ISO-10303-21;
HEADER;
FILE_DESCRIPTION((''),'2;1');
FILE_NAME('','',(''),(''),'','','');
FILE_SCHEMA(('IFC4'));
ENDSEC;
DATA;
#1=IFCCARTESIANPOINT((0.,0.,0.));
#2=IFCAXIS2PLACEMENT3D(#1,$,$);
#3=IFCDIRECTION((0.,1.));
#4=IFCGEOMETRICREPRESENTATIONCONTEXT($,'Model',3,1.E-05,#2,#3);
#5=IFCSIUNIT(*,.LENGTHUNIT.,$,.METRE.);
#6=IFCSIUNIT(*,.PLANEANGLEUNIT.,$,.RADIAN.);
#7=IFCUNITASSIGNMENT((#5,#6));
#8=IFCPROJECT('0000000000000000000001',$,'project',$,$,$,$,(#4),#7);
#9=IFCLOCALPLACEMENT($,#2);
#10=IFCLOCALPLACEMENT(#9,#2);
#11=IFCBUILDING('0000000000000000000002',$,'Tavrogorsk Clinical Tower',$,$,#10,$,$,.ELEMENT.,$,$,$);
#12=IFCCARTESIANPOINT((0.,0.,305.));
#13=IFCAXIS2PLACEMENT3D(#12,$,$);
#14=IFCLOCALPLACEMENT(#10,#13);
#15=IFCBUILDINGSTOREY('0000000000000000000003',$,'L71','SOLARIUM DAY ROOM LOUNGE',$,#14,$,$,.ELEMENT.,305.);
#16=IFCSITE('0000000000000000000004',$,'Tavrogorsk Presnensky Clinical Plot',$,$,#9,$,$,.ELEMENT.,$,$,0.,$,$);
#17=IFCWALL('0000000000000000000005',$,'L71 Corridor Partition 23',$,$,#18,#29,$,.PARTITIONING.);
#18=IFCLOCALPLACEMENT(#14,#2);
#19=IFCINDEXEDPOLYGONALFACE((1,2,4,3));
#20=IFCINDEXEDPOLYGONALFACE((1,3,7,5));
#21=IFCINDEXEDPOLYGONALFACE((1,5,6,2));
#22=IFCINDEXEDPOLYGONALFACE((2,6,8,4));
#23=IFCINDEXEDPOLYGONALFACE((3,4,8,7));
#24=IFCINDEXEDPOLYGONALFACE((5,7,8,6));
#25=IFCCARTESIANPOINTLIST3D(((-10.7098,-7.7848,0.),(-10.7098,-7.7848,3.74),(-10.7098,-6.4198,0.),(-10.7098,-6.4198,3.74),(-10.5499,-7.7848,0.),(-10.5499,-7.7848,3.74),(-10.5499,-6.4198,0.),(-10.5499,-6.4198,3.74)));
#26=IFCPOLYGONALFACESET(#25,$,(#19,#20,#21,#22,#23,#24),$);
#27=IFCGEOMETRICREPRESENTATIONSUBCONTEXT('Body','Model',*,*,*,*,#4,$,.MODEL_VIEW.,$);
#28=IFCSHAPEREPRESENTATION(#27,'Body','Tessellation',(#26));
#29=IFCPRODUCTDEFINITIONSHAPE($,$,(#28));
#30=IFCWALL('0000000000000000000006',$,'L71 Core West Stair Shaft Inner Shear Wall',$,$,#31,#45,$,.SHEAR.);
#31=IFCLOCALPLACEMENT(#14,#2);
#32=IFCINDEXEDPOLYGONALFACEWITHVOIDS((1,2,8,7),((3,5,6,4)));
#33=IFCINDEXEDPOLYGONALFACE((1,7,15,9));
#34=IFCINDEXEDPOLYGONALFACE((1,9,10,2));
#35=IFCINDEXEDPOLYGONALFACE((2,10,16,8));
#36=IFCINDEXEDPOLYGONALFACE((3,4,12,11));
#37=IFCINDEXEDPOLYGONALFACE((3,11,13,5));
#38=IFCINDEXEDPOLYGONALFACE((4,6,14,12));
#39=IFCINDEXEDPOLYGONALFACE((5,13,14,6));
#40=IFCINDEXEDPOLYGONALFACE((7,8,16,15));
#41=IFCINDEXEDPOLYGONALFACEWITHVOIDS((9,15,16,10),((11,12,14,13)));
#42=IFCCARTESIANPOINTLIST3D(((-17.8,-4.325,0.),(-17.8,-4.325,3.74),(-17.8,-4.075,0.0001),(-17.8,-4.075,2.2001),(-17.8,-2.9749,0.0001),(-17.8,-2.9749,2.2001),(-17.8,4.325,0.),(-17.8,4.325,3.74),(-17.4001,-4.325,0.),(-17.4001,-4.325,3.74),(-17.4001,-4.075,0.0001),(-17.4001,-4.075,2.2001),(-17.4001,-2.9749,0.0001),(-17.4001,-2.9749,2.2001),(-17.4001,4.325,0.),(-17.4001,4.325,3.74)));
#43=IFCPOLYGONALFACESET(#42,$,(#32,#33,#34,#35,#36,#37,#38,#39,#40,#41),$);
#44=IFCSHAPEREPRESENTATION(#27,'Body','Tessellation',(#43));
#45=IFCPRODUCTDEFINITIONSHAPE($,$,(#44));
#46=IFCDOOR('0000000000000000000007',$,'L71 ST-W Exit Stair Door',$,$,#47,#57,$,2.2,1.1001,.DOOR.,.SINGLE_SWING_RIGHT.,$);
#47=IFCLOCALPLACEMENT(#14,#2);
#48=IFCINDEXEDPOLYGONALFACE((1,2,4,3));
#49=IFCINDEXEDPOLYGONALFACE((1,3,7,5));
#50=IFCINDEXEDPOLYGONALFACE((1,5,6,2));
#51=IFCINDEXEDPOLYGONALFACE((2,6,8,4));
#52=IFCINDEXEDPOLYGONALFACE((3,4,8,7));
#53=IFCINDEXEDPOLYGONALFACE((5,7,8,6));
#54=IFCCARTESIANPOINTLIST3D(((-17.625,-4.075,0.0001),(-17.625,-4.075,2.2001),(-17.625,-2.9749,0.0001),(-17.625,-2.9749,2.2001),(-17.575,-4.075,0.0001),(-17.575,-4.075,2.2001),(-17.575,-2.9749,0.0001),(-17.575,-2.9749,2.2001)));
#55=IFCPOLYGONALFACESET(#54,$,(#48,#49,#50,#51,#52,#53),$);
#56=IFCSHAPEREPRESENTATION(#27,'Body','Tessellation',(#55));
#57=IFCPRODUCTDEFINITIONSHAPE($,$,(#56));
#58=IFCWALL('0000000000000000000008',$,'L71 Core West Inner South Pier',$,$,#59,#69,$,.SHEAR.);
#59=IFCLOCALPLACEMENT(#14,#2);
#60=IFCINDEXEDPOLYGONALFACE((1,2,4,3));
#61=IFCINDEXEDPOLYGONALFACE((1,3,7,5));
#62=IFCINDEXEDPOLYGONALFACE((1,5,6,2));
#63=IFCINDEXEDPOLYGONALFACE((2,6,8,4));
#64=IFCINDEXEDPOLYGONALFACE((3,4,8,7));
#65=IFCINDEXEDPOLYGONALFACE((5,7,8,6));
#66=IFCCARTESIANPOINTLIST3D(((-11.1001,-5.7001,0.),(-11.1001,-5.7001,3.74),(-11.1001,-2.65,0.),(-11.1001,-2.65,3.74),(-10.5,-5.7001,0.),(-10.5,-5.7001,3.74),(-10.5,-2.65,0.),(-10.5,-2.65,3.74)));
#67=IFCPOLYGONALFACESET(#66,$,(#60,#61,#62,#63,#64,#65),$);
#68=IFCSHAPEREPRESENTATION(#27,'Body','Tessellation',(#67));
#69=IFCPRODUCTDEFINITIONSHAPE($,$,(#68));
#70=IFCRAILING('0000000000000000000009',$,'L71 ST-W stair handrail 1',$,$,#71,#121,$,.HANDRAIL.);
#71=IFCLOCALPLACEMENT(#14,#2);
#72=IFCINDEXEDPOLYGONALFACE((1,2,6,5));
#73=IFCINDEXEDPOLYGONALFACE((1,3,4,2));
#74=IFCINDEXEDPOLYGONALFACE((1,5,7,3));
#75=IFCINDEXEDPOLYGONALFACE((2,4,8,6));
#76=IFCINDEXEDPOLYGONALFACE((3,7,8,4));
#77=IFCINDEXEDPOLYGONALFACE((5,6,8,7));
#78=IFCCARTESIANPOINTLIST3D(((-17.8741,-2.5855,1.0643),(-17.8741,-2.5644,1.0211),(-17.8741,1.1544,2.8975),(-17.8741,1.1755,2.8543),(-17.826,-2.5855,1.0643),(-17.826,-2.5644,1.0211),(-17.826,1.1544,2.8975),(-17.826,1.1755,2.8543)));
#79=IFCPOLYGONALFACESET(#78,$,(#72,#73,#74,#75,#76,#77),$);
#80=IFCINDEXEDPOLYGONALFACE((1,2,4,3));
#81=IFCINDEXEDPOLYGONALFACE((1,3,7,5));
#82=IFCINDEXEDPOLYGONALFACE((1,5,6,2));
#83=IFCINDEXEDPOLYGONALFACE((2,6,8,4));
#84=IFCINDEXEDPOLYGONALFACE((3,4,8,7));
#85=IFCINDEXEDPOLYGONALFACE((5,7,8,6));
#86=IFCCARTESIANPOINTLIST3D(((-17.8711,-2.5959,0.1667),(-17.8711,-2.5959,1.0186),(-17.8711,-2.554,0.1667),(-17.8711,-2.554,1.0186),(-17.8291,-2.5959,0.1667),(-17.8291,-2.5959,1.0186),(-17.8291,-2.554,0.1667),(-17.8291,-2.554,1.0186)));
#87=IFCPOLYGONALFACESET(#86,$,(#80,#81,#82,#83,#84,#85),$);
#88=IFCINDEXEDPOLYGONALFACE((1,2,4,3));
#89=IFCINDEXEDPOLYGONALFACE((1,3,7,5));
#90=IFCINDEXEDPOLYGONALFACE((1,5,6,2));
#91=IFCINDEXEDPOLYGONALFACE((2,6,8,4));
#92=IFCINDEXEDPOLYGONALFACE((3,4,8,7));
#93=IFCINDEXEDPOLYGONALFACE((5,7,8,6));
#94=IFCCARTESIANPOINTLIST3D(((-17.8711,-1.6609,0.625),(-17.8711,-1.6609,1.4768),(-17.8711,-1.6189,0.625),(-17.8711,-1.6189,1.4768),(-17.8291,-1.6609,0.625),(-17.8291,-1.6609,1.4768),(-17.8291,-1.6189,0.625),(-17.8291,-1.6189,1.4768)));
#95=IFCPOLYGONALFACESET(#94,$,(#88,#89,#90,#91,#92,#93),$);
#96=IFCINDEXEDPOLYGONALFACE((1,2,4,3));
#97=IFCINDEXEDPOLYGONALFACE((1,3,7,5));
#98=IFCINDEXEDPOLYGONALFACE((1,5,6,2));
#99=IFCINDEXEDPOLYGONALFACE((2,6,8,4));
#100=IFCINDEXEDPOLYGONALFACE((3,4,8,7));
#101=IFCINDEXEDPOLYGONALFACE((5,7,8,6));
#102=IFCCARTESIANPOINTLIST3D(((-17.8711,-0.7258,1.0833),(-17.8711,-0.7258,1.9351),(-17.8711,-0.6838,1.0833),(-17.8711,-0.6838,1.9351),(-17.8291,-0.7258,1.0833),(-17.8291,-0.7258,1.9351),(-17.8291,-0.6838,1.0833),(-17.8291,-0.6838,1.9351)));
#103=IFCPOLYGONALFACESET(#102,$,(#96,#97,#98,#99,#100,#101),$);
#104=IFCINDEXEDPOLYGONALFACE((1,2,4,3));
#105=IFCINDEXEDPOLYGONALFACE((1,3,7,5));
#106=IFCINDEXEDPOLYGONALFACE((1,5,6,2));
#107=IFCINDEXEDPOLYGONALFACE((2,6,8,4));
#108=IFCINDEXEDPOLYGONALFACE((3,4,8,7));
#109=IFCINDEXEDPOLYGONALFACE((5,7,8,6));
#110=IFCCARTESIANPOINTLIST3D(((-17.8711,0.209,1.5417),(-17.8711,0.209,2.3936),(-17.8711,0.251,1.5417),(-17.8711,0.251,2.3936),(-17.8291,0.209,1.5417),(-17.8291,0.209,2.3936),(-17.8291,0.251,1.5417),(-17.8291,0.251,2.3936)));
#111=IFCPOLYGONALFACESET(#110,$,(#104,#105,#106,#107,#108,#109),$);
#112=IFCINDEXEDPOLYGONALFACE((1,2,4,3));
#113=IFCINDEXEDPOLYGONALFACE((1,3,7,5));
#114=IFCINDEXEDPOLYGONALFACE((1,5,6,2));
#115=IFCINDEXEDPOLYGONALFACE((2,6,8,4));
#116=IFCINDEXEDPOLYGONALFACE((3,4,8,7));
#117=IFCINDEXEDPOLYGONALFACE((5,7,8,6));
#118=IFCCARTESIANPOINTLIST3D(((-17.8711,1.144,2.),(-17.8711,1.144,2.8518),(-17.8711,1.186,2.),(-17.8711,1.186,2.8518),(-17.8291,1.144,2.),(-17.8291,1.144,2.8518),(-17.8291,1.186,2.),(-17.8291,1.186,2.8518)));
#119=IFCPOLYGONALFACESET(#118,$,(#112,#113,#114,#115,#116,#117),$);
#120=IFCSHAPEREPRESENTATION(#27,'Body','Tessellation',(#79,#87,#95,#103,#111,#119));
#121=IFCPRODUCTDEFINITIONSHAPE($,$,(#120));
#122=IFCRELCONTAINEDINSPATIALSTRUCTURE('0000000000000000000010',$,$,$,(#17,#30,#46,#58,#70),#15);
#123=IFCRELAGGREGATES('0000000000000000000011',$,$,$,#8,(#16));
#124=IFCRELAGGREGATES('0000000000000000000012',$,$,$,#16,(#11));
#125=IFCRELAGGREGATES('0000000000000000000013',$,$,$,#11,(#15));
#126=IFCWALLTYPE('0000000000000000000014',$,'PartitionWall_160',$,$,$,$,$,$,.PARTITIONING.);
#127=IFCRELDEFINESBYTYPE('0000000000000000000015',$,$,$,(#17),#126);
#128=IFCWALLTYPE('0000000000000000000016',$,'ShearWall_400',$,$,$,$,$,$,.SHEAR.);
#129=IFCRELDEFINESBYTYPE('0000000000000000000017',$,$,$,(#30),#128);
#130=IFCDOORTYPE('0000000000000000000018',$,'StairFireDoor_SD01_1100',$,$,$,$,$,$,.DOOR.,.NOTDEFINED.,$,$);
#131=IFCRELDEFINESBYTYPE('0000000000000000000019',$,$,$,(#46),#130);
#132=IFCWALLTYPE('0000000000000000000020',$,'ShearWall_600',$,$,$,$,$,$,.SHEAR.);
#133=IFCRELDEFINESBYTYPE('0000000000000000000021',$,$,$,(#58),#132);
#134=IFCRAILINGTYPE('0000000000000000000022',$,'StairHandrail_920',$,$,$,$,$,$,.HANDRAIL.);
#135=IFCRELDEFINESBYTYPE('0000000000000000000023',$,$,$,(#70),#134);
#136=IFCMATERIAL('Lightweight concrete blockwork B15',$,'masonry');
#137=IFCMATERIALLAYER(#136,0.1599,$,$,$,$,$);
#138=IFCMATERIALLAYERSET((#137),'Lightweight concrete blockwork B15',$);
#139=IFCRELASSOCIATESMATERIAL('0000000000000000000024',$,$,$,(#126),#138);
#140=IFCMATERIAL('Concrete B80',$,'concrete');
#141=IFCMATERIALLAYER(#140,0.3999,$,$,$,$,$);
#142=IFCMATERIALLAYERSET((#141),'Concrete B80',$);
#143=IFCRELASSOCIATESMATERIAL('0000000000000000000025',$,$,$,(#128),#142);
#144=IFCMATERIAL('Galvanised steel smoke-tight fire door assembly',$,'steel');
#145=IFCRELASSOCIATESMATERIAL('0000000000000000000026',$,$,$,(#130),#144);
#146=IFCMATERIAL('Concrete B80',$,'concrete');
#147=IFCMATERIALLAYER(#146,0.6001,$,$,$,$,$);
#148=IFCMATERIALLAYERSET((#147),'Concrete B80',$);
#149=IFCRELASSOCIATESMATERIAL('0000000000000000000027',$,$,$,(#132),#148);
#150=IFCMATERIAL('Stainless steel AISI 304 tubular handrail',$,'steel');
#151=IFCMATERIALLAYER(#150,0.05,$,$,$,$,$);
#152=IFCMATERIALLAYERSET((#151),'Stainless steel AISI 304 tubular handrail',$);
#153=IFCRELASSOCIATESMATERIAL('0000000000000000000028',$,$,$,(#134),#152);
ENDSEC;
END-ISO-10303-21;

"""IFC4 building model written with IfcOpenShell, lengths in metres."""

from ifc_helpers import new_model, si_unit, direction, frame, frame_2d, origin, origin_2d, place, context, subcontext, project, spatial, rectangle, extrude, material, layer, layer_set, type_object, element, fill, save


model = new_model("IFC4")

# Units and contexts
model_context = context("Model", 3, precision=1e-05, world=origin(), true_north=direction((0.0, 1.0)))
body_context = subcontext(model_context, "Body", "Model", "MODEL_VIEW")
ifc_project = project(units=[si_unit("LENGTHUNIT", "METRE"), si_unit("PLANEANGLEUNIT", "RADIAN")], contexts=[model_context])

# Site, building, storey
site_placement = place(None, origin())
site = spatial("IfcSite", under=ifc_project, at=site_placement, Name="Tavrogorsk Presnensky Clinical Plot", CompositionType="ELEMENT", RefElevation=0.0)
building_placement = place(site_placement, origin())
building = spatial("IfcBuilding", under=site, at=building_placement, Name="Tavrogorsk Clinical Tower", CompositionType="ELEMENT")
storey_placement = place(building_placement, frame((0.0, 0.0, 305.0)))
storey = spatial("IfcBuildingStorey", under=building, at=storey_placement, Name="L71", Description="SOLARIUM DAY ROOM LOUNGE", CompositionType="ELEMENT", Elevation=305.0)

# Shared definitions
ifc_material_1 = material(Name="Lightweight concrete blockwork B15", Category="masonry")
ifc_layer_1 = layer(ifc_material_1, 0.1599)
ifc_layer_set_1 = layer_set([ifc_layer_1], Name="Lightweight concrete blockwork B15")
wall_type_1 = type_object("IfcWallType", Name="PartitionWall_160", PredefinedType="PARTITIONING", material=ifc_layer_set_1)

# Wall
wall_1_placement = place(storey_placement, frame((-10.6299, -7.7849, 0.0), z_axis=(0.0, 0.0, 1.0), x_axis=(0.0, 1.0, 0.0)))
element("IfcWall", 1, at=wall_1_placement, inside=storey, type_object=wall_type_1, Name="L71 Corridor Partition 23", PredefinedType="PARTITIONING", context=body_context, shape_type="SweptSolid", body=[
    extrude(rectangle(XDim=1.365, YDim=0.1599, at=frame_2d((0.6826, 0.0))), origin(), (0.0, 0.0, 1.0), 3.74),
])

# Wall, opening, door
ifc_material_2 = material(Name="Concrete B80", Category="concrete")
ifc_layer_2 = layer(ifc_material_2, 0.3999)
ifc_layer_set_2 = layer_set([ifc_layer_2], Name="Concrete B80")
wall_type_2 = type_object("IfcWallType", Name="ShearWall_400", PredefinedType="SHEAR", material=ifc_layer_set_2)
wall_2_placement = place(storey_placement, frame((-17.6001, -4.325, 0.0), z_axis=(0.0, 0.0, 1.0), x_axis=(0.0, 1.0, 0.0)))
wall_2 = element("IfcWall", 2, at=wall_2_placement, inside=storey, type_object=wall_type_2, Name="L71 Core West Stair Shaft Inner Shear Wall", PredefinedType="SHEAR", context=body_context, shape_type="SweptSolid", body=[
    extrude(rectangle(XDim=8.6499, YDim=0.3999, at=frame_2d((4.325, 0.0))), origin(), (0.0, 0.0, 1.0), 3.74),
])
opening_1_placement = place(wall_2_placement, frame((0.25, 0.0, 0.0)))
opening_1 = element("IfcOpeningElement", 3, at=opening_1_placement, cuts=wall_2, PredefinedType="OPENING", context=body_context, shape_type="SweptSolid", body=[
    extrude(rectangle(XDim=1.1001, YDim=2.2, at=frame_2d((0.55, 1.1001))), frame((0.0, 0.21, 0.0), z_axis=(0.0, -1.0, 0.0), x_axis=(1.0, 0.0, 0.0)), (0.0, 0.0, 1.0), 0.4199),
])
ifc_material_3 = material(Name="Galvanised steel smoke-tight fire door assembly", Category="steel")
door_type_1 = type_object("IfcDoorType", Name="StairFireDoor_SD01_1100", OperationType="NOTDEFINED", PredefinedType="DOOR", material=ifc_material_3)
door_1_placement = place(opening_1_placement, origin())
door_1 = element("IfcDoor", 4, at=door_1_placement, inside=storey, type_object=door_type_1, Name="L71 ST-W Exit Stair Door", OperationType="SINGLE_SWING_RIGHT", OverallHeight=2.2, OverallWidth=1.1001, PredefinedType="DOOR", context=body_context, shape_type="SweptSolid", body=[
    extrude(rectangle(XDim=1.1001, YDim=2.2, at=frame_2d((0.55, 1.1001))), frame((0.0, 0.0249, 0.0), z_axis=(0.0, -1.0, 0.0), x_axis=(1.0, 0.0, 0.0)), (0.0, 0.0, 1.0), 0.05),
])
fill(opening_1, door_1)

# Wall
ifc_material_4 = material(Name="Concrete B80", Category="concrete")
ifc_layer_3 = layer(ifc_material_4, 0.6001)
ifc_layer_set_3 = layer_set([ifc_layer_3], Name="Concrete B80")
wall_type_3 = type_object("IfcWallType", Name="ShearWall_600", PredefinedType="SHEAR", material=ifc_layer_set_3)
wall_3_placement = place(storey_placement, frame((-10.8, -5.7, 0.0), z_axis=(0.0, 0.0, 1.0), x_axis=(0.0, 1.0, 0.0)))
element("IfcWall", 5, at=wall_3_placement, inside=storey, type_object=wall_type_3, Name="L71 Core West Inner South Pier", PredefinedType="SHEAR", context=body_context, shape_type="SweptSolid", body=[
    extrude(rectangle(XDim=3.05, YDim=0.6001, at=frame_2d((1.5249, 0.0))), origin(), (0.0, 0.0, 1.0), 3.74),
])

# Railing
ifc_material_5 = material(Name="Stainless steel AISI 304 tubular handrail", Category="steel")
ifc_layer_4 = layer(ifc_material_5, 0.05)
ifc_layer_set_4 = layer_set([ifc_layer_4], Name="Stainless steel AISI 304 tubular handrail")
railing_type = type_object("IfcRailingType", Name="StairHandrail_920", PredefinedType="HANDRAIL", material=ifc_layer_set_4)
railing_placement = place(storey_placement, frame((-17.8501, -2.575, 0.1667)))
element("IfcRailing", 6, at=railing_placement, inside=storey, type_object=railing_type, Name="L71 ST-W stair handrail 1", PredefinedType="HANDRAIL", context=body_context, shape_type="SweptSolid", body=[
    extrude(rectangle(XDim=0.0481, YDim=0.0481, at=origin_2d()), frame((0.0, 0.0, 0.876), z_axis=(0.0, 0.897928, 0.440142), x_axis=(-1.0, 0.0, 0.0)), (0.0, 0.0, 1.0), 4.165),
    extrude(rectangle(XDim=0.042, YDim=0.042, at=origin_2d()), origin(), (0.0, 0.0, 1.0), 0.8518),
    extrude(rectangle(XDim=0.042, YDim=0.042, at=origin_2d()), frame((0.0, 0.9351, 0.4583)), (0.0, 0.0, 1.0), 0.8518),
    extrude(rectangle(XDim=0.042, YDim=0.042, at=origin_2d()), frame((0.0, 1.8701, 0.9165)), (0.0, 0.0, 1.0), 0.8518),
    extrude(rectangle(XDim=0.042, YDim=0.042, at=origin_2d()), frame((0.0, 2.8049, 1.375)), (0.0, 0.0, 1.0), 0.8518),
    extrude(rectangle(XDim=0.042, YDim=0.042, at=origin_2d()), frame((0.0, 3.74, 1.8333)), (0.0, 0.0, 1.0), 0.8518),
])

save(model, "model.ifc")
